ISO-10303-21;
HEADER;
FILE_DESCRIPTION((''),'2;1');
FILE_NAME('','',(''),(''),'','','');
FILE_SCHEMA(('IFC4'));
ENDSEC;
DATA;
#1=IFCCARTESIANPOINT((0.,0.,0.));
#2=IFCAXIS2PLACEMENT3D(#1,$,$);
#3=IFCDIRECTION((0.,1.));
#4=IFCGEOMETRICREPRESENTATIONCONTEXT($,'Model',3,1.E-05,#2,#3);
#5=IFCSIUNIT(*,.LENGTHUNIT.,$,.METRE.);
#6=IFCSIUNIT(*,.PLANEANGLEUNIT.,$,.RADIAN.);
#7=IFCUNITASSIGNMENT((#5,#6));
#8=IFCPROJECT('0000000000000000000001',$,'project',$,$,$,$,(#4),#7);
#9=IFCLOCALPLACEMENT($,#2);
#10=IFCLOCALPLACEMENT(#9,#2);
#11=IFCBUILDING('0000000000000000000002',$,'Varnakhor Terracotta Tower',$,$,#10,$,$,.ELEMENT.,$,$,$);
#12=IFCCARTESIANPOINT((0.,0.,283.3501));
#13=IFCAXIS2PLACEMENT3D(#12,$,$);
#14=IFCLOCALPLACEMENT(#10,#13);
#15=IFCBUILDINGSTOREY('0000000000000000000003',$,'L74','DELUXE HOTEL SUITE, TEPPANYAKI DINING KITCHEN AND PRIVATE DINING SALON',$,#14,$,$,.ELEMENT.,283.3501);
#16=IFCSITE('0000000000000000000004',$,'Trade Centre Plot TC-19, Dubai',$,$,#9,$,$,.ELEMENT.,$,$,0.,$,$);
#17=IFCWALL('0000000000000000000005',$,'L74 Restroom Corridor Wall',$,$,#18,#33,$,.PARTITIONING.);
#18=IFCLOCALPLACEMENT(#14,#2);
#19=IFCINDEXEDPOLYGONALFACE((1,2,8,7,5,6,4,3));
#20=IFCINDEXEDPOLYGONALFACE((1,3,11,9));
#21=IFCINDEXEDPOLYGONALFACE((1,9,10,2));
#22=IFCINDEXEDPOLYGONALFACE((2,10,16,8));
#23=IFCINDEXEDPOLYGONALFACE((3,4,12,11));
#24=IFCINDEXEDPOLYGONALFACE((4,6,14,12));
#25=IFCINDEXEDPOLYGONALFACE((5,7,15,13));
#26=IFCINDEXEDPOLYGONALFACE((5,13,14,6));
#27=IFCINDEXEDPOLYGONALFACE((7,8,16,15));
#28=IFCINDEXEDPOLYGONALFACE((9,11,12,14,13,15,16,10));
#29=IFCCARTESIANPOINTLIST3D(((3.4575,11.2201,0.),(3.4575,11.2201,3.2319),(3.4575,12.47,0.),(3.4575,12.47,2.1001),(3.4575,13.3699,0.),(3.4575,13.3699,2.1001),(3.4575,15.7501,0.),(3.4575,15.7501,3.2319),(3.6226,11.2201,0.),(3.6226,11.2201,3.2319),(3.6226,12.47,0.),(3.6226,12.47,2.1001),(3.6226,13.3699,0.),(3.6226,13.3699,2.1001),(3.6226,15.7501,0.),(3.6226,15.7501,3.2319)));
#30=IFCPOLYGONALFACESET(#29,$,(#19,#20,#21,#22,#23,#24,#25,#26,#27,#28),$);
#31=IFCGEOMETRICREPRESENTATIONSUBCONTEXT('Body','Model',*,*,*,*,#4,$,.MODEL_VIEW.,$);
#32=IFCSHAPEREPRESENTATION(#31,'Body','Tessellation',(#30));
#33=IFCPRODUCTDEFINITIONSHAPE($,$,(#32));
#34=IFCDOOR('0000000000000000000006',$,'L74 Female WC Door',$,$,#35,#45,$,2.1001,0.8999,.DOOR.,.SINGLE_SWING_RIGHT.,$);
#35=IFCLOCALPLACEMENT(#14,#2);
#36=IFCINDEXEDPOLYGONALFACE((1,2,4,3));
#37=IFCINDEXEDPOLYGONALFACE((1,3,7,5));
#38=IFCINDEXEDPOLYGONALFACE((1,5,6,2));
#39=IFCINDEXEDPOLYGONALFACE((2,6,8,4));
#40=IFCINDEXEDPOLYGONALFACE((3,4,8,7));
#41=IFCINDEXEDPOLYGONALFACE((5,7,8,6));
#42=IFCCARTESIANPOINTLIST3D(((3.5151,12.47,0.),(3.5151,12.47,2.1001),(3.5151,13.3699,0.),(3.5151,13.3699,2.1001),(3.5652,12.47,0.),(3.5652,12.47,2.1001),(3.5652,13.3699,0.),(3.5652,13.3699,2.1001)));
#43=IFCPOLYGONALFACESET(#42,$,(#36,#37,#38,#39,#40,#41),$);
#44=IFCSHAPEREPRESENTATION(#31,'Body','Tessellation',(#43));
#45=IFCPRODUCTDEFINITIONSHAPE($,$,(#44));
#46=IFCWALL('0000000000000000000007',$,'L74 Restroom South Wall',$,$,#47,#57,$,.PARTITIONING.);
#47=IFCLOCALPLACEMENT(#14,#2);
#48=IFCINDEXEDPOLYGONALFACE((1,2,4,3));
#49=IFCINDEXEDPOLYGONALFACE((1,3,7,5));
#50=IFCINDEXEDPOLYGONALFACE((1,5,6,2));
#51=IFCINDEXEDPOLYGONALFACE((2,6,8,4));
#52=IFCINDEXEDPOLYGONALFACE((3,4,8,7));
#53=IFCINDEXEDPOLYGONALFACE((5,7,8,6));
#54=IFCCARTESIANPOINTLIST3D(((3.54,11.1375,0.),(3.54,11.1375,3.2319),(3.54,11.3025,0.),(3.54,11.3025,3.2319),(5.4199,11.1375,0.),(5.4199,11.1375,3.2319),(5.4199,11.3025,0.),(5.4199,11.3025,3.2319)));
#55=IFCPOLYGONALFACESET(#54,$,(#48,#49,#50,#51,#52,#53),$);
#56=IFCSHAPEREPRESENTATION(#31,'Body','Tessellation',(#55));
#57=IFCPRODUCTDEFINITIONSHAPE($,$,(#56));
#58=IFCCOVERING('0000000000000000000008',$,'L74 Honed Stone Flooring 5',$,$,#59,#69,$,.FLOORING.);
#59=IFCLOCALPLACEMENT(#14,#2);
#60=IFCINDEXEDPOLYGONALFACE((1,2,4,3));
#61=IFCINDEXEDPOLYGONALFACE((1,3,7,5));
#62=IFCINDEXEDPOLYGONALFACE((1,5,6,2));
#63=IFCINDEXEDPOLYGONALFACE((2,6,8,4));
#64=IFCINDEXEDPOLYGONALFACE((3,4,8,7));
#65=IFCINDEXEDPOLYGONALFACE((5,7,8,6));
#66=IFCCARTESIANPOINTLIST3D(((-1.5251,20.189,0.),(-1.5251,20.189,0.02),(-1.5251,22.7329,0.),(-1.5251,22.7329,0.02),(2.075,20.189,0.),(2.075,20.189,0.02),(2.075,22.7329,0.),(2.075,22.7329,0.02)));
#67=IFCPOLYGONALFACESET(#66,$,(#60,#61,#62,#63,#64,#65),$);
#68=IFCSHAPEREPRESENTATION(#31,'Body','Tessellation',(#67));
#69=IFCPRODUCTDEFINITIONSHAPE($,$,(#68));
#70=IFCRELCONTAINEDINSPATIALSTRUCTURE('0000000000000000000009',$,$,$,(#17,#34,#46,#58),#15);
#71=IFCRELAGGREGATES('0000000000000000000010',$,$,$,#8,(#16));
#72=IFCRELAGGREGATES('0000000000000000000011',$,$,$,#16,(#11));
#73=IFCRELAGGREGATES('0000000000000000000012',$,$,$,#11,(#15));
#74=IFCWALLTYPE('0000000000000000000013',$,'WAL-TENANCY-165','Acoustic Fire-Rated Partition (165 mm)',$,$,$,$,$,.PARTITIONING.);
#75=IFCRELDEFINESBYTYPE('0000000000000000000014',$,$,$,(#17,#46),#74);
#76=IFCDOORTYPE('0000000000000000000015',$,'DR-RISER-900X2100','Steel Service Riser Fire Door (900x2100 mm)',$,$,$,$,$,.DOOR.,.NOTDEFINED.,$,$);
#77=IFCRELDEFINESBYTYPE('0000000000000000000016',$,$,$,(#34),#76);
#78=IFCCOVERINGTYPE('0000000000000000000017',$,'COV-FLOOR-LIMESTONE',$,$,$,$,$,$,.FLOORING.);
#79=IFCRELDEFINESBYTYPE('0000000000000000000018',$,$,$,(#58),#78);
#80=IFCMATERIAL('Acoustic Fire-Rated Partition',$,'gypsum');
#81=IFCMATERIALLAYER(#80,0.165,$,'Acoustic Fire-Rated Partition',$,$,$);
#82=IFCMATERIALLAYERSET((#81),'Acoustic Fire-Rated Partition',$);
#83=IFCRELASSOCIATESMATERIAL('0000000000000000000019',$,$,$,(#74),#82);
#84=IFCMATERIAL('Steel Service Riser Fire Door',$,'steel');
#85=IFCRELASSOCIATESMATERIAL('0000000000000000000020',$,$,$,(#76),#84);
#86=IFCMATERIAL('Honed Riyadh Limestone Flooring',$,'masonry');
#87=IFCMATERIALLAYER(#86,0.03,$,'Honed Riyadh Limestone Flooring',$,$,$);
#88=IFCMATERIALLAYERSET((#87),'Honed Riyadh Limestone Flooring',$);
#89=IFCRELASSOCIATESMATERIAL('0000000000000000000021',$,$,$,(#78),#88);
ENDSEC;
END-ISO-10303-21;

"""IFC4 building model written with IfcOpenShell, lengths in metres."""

from ifc_helpers import new_model, si_unit, direction, frame, frame_2d, origin, origin_2d, place, context, subcontext, project, spatial, rectangle, extrude, source, transform, mapped, material, layer, layer_set, type_object, type_shapes, element, fill, save


model = new_model("IFC4")

# Units and contexts
model_context = context("Model", 3, precision=1e-05, world=origin(), true_north=direction((0.0, 1.0)))
body_context = subcontext(model_context, "Body", "Model", "MODEL_VIEW")
ifc_project = project(units=[si_unit("LENGTHUNIT", "METRE"), si_unit("PLANEANGLEUNIT", "RADIAN")], contexts=[model_context])

# Site, building, storey
site_placement = place(None, origin())
site = spatial("IfcSite", under=ifc_project, at=site_placement, Name="Trade Centre Plot TC-19, Dubai", CompositionType="ELEMENT", RefElevation=0.0)
building_placement = place(site_placement, origin())
building = spatial("IfcBuilding", under=site, at=building_placement, Name="Varnakhor Terracotta Tower", CompositionType="ELEMENT")
storey_placement = place(building_placement, frame((0.0, 0.0, 283.3501)))
storey = spatial("IfcBuildingStorey", under=building, at=storey_placement, Name="L74", Description="DELUXE HOTEL SUITE, TEPPANYAKI DINING KITCHEN AND PRIVATE DINING SALON", CompositionType="ELEMENT", Elevation=283.3501)

# Wall, opening, door
ifc_material_1 = material(Name="Acoustic Fire-Rated Partition", Category="gypsum")
ifc_layer_1 = layer(ifc_material_1, 0.165, Name="Acoustic Fire-Rated Partition")
ifc_layer_set_1 = layer_set([ifc_layer_1], Name="Acoustic Fire-Rated Partition")
wall_type_1 = type_object("IfcWallType", Name="WAL-TENANCY-165", Description="Acoustic Fire-Rated Partition (165 mm)", PredefinedType="PARTITIONING", material=ifc_layer_set_1)
wall_1_placement = place(storey_placement, frame((3.54, 11.22, 0.0), z_axis=(0.0, 0.0, 1.0), x_axis=(0.0, 1.0, 0.0)))
wall_1 = element("IfcWall", 1, at=wall_1_placement, inside=storey, type_object=wall_type_1, Name="L74 Restroom Corridor Wall", PredefinedType="PARTITIONING", context=body_context, shape_type="SweptSolid", body=[
    extrude(rectangle(XDim=4.53, YDim=0.165, at=frame_2d((2.2651, 0.0))), origin(), (0.0, 0.0, 1.0), 3.2319),
])
opening_1_placement = place(wall_1_placement, frame((1.25, 0.0, 0.0)))
opening_1 = element("IfcOpeningElement", 2, at=opening_1_placement, cuts=wall_1, PredefinedType="OPENING", context=body_context, shape_type="SweptSolid", body=[
    extrude(rectangle(XDim=0.8999, YDim=2.1001, at=frame_2d((0.45, 1.05))), frame((0.0, 0.0925, 0.0), z_axis=(0.0, -1.0, 0.0), x_axis=(1.0, 0.0, 0.0)), (0.0, 0.0, 1.0), 0.1851),
])
ifc_material_2 = material(Name="Steel Service Riser Fire Door", Category="steel")
door_type_1 = type_object("IfcDoorType", Name="DR-RISER-900X2100", Description="Steel Service Riser Fire Door (900x2100 mm)", OperationType="NOTDEFINED", PredefinedType="DOOR", material=ifc_material_2)
shared_shape_1 = source(origin(), body_context, "Body", "SweptSolid", [
    extrude(rectangle(XDim=0.8999, YDim=2.1001, at=frame_2d((0.45, 1.05))), frame((0.0, 0.0249, 0.0), z_axis=(0.0, -1.0, 0.0), x_axis=(1.0, 0.0, 0.0)), (0.0, 0.0, 1.0), 0.05),
])
type_shapes(door_type_1, [shared_shape_1])
door_1_placement = place(opening_1_placement, origin())
door_1 = element("IfcDoor", 3, at=door_1_placement, inside=storey, type_object=door_type_1, Name="L74 Female WC Door", OperationType="SINGLE_SWING_RIGHT", OverallHeight=2.1001, OverallWidth=0.8999, PredefinedType="DOOR", context=body_context, shape_type="MappedRepresentation", body=[
    mapped(shared_shape_1, transform((0.0, 0.0, 0.0), scale=1.0)),
])
fill(opening_1, door_1)

# Wall
wall_2_placement = place(storey_placement, frame((3.54, 11.22, 0.0), z_axis=(0.0, 0.0, 1.0), x_axis=(1.0, 0.0, 0.0)))
element("IfcWall", 4, at=wall_2_placement, inside=storey, type_object=wall_type_1, Name="L74 Restroom South Wall", PredefinedType="PARTITIONING", context=body_context, shape_type="SweptSolid", body=[
    extrude(rectangle(XDim=1.8799, YDim=0.165, at=frame_2d((0.9399, 0.0))), origin(), (0.0, 0.0, 1.0), 3.2319),
])

# Covering
ifc_material_3 = material(Name="Honed Riyadh Limestone Flooring", Category="masonry")
ifc_layer_2 = layer(ifc_material_3, 0.03, Name="Honed Riyadh Limestone Flooring")
ifc_layer_set_2 = layer_set([ifc_layer_2], Name="Honed Riyadh Limestone Flooring")
covering_type = type_object("IfcCoveringType", Name="COV-FLOOR-LIMESTONE", PredefinedType="FLOORING", material=ifc_layer_set_2)
shared_shape_2 = source(origin(), body_context, "Body", "SweptSolid", [
    extrude(rectangle(XDim=3.6001, YDim=2.5439, at=origin_2d()), origin(), (0.0, 0.0, 1.0), 0.02),
])
covering_placement = place(storey_placement, frame((0.2749, 21.4609, 0.0), z_axis=(0.0, 0.0, 1.0), x_axis=(1.0, 0.0, 0.0)))
element("IfcCovering", 5, at=covering_placement, inside=storey, type_object=covering_type, Name="L74 Honed Stone Flooring 5", PredefinedType="FLOORING", context=body_context, shape_type="MappedRepresentation", body=[
    mapped(shared_shape_2, transform((0.0, 0.0, 0.0), scale=1.0)),
])

save(model, "model.ifc")
